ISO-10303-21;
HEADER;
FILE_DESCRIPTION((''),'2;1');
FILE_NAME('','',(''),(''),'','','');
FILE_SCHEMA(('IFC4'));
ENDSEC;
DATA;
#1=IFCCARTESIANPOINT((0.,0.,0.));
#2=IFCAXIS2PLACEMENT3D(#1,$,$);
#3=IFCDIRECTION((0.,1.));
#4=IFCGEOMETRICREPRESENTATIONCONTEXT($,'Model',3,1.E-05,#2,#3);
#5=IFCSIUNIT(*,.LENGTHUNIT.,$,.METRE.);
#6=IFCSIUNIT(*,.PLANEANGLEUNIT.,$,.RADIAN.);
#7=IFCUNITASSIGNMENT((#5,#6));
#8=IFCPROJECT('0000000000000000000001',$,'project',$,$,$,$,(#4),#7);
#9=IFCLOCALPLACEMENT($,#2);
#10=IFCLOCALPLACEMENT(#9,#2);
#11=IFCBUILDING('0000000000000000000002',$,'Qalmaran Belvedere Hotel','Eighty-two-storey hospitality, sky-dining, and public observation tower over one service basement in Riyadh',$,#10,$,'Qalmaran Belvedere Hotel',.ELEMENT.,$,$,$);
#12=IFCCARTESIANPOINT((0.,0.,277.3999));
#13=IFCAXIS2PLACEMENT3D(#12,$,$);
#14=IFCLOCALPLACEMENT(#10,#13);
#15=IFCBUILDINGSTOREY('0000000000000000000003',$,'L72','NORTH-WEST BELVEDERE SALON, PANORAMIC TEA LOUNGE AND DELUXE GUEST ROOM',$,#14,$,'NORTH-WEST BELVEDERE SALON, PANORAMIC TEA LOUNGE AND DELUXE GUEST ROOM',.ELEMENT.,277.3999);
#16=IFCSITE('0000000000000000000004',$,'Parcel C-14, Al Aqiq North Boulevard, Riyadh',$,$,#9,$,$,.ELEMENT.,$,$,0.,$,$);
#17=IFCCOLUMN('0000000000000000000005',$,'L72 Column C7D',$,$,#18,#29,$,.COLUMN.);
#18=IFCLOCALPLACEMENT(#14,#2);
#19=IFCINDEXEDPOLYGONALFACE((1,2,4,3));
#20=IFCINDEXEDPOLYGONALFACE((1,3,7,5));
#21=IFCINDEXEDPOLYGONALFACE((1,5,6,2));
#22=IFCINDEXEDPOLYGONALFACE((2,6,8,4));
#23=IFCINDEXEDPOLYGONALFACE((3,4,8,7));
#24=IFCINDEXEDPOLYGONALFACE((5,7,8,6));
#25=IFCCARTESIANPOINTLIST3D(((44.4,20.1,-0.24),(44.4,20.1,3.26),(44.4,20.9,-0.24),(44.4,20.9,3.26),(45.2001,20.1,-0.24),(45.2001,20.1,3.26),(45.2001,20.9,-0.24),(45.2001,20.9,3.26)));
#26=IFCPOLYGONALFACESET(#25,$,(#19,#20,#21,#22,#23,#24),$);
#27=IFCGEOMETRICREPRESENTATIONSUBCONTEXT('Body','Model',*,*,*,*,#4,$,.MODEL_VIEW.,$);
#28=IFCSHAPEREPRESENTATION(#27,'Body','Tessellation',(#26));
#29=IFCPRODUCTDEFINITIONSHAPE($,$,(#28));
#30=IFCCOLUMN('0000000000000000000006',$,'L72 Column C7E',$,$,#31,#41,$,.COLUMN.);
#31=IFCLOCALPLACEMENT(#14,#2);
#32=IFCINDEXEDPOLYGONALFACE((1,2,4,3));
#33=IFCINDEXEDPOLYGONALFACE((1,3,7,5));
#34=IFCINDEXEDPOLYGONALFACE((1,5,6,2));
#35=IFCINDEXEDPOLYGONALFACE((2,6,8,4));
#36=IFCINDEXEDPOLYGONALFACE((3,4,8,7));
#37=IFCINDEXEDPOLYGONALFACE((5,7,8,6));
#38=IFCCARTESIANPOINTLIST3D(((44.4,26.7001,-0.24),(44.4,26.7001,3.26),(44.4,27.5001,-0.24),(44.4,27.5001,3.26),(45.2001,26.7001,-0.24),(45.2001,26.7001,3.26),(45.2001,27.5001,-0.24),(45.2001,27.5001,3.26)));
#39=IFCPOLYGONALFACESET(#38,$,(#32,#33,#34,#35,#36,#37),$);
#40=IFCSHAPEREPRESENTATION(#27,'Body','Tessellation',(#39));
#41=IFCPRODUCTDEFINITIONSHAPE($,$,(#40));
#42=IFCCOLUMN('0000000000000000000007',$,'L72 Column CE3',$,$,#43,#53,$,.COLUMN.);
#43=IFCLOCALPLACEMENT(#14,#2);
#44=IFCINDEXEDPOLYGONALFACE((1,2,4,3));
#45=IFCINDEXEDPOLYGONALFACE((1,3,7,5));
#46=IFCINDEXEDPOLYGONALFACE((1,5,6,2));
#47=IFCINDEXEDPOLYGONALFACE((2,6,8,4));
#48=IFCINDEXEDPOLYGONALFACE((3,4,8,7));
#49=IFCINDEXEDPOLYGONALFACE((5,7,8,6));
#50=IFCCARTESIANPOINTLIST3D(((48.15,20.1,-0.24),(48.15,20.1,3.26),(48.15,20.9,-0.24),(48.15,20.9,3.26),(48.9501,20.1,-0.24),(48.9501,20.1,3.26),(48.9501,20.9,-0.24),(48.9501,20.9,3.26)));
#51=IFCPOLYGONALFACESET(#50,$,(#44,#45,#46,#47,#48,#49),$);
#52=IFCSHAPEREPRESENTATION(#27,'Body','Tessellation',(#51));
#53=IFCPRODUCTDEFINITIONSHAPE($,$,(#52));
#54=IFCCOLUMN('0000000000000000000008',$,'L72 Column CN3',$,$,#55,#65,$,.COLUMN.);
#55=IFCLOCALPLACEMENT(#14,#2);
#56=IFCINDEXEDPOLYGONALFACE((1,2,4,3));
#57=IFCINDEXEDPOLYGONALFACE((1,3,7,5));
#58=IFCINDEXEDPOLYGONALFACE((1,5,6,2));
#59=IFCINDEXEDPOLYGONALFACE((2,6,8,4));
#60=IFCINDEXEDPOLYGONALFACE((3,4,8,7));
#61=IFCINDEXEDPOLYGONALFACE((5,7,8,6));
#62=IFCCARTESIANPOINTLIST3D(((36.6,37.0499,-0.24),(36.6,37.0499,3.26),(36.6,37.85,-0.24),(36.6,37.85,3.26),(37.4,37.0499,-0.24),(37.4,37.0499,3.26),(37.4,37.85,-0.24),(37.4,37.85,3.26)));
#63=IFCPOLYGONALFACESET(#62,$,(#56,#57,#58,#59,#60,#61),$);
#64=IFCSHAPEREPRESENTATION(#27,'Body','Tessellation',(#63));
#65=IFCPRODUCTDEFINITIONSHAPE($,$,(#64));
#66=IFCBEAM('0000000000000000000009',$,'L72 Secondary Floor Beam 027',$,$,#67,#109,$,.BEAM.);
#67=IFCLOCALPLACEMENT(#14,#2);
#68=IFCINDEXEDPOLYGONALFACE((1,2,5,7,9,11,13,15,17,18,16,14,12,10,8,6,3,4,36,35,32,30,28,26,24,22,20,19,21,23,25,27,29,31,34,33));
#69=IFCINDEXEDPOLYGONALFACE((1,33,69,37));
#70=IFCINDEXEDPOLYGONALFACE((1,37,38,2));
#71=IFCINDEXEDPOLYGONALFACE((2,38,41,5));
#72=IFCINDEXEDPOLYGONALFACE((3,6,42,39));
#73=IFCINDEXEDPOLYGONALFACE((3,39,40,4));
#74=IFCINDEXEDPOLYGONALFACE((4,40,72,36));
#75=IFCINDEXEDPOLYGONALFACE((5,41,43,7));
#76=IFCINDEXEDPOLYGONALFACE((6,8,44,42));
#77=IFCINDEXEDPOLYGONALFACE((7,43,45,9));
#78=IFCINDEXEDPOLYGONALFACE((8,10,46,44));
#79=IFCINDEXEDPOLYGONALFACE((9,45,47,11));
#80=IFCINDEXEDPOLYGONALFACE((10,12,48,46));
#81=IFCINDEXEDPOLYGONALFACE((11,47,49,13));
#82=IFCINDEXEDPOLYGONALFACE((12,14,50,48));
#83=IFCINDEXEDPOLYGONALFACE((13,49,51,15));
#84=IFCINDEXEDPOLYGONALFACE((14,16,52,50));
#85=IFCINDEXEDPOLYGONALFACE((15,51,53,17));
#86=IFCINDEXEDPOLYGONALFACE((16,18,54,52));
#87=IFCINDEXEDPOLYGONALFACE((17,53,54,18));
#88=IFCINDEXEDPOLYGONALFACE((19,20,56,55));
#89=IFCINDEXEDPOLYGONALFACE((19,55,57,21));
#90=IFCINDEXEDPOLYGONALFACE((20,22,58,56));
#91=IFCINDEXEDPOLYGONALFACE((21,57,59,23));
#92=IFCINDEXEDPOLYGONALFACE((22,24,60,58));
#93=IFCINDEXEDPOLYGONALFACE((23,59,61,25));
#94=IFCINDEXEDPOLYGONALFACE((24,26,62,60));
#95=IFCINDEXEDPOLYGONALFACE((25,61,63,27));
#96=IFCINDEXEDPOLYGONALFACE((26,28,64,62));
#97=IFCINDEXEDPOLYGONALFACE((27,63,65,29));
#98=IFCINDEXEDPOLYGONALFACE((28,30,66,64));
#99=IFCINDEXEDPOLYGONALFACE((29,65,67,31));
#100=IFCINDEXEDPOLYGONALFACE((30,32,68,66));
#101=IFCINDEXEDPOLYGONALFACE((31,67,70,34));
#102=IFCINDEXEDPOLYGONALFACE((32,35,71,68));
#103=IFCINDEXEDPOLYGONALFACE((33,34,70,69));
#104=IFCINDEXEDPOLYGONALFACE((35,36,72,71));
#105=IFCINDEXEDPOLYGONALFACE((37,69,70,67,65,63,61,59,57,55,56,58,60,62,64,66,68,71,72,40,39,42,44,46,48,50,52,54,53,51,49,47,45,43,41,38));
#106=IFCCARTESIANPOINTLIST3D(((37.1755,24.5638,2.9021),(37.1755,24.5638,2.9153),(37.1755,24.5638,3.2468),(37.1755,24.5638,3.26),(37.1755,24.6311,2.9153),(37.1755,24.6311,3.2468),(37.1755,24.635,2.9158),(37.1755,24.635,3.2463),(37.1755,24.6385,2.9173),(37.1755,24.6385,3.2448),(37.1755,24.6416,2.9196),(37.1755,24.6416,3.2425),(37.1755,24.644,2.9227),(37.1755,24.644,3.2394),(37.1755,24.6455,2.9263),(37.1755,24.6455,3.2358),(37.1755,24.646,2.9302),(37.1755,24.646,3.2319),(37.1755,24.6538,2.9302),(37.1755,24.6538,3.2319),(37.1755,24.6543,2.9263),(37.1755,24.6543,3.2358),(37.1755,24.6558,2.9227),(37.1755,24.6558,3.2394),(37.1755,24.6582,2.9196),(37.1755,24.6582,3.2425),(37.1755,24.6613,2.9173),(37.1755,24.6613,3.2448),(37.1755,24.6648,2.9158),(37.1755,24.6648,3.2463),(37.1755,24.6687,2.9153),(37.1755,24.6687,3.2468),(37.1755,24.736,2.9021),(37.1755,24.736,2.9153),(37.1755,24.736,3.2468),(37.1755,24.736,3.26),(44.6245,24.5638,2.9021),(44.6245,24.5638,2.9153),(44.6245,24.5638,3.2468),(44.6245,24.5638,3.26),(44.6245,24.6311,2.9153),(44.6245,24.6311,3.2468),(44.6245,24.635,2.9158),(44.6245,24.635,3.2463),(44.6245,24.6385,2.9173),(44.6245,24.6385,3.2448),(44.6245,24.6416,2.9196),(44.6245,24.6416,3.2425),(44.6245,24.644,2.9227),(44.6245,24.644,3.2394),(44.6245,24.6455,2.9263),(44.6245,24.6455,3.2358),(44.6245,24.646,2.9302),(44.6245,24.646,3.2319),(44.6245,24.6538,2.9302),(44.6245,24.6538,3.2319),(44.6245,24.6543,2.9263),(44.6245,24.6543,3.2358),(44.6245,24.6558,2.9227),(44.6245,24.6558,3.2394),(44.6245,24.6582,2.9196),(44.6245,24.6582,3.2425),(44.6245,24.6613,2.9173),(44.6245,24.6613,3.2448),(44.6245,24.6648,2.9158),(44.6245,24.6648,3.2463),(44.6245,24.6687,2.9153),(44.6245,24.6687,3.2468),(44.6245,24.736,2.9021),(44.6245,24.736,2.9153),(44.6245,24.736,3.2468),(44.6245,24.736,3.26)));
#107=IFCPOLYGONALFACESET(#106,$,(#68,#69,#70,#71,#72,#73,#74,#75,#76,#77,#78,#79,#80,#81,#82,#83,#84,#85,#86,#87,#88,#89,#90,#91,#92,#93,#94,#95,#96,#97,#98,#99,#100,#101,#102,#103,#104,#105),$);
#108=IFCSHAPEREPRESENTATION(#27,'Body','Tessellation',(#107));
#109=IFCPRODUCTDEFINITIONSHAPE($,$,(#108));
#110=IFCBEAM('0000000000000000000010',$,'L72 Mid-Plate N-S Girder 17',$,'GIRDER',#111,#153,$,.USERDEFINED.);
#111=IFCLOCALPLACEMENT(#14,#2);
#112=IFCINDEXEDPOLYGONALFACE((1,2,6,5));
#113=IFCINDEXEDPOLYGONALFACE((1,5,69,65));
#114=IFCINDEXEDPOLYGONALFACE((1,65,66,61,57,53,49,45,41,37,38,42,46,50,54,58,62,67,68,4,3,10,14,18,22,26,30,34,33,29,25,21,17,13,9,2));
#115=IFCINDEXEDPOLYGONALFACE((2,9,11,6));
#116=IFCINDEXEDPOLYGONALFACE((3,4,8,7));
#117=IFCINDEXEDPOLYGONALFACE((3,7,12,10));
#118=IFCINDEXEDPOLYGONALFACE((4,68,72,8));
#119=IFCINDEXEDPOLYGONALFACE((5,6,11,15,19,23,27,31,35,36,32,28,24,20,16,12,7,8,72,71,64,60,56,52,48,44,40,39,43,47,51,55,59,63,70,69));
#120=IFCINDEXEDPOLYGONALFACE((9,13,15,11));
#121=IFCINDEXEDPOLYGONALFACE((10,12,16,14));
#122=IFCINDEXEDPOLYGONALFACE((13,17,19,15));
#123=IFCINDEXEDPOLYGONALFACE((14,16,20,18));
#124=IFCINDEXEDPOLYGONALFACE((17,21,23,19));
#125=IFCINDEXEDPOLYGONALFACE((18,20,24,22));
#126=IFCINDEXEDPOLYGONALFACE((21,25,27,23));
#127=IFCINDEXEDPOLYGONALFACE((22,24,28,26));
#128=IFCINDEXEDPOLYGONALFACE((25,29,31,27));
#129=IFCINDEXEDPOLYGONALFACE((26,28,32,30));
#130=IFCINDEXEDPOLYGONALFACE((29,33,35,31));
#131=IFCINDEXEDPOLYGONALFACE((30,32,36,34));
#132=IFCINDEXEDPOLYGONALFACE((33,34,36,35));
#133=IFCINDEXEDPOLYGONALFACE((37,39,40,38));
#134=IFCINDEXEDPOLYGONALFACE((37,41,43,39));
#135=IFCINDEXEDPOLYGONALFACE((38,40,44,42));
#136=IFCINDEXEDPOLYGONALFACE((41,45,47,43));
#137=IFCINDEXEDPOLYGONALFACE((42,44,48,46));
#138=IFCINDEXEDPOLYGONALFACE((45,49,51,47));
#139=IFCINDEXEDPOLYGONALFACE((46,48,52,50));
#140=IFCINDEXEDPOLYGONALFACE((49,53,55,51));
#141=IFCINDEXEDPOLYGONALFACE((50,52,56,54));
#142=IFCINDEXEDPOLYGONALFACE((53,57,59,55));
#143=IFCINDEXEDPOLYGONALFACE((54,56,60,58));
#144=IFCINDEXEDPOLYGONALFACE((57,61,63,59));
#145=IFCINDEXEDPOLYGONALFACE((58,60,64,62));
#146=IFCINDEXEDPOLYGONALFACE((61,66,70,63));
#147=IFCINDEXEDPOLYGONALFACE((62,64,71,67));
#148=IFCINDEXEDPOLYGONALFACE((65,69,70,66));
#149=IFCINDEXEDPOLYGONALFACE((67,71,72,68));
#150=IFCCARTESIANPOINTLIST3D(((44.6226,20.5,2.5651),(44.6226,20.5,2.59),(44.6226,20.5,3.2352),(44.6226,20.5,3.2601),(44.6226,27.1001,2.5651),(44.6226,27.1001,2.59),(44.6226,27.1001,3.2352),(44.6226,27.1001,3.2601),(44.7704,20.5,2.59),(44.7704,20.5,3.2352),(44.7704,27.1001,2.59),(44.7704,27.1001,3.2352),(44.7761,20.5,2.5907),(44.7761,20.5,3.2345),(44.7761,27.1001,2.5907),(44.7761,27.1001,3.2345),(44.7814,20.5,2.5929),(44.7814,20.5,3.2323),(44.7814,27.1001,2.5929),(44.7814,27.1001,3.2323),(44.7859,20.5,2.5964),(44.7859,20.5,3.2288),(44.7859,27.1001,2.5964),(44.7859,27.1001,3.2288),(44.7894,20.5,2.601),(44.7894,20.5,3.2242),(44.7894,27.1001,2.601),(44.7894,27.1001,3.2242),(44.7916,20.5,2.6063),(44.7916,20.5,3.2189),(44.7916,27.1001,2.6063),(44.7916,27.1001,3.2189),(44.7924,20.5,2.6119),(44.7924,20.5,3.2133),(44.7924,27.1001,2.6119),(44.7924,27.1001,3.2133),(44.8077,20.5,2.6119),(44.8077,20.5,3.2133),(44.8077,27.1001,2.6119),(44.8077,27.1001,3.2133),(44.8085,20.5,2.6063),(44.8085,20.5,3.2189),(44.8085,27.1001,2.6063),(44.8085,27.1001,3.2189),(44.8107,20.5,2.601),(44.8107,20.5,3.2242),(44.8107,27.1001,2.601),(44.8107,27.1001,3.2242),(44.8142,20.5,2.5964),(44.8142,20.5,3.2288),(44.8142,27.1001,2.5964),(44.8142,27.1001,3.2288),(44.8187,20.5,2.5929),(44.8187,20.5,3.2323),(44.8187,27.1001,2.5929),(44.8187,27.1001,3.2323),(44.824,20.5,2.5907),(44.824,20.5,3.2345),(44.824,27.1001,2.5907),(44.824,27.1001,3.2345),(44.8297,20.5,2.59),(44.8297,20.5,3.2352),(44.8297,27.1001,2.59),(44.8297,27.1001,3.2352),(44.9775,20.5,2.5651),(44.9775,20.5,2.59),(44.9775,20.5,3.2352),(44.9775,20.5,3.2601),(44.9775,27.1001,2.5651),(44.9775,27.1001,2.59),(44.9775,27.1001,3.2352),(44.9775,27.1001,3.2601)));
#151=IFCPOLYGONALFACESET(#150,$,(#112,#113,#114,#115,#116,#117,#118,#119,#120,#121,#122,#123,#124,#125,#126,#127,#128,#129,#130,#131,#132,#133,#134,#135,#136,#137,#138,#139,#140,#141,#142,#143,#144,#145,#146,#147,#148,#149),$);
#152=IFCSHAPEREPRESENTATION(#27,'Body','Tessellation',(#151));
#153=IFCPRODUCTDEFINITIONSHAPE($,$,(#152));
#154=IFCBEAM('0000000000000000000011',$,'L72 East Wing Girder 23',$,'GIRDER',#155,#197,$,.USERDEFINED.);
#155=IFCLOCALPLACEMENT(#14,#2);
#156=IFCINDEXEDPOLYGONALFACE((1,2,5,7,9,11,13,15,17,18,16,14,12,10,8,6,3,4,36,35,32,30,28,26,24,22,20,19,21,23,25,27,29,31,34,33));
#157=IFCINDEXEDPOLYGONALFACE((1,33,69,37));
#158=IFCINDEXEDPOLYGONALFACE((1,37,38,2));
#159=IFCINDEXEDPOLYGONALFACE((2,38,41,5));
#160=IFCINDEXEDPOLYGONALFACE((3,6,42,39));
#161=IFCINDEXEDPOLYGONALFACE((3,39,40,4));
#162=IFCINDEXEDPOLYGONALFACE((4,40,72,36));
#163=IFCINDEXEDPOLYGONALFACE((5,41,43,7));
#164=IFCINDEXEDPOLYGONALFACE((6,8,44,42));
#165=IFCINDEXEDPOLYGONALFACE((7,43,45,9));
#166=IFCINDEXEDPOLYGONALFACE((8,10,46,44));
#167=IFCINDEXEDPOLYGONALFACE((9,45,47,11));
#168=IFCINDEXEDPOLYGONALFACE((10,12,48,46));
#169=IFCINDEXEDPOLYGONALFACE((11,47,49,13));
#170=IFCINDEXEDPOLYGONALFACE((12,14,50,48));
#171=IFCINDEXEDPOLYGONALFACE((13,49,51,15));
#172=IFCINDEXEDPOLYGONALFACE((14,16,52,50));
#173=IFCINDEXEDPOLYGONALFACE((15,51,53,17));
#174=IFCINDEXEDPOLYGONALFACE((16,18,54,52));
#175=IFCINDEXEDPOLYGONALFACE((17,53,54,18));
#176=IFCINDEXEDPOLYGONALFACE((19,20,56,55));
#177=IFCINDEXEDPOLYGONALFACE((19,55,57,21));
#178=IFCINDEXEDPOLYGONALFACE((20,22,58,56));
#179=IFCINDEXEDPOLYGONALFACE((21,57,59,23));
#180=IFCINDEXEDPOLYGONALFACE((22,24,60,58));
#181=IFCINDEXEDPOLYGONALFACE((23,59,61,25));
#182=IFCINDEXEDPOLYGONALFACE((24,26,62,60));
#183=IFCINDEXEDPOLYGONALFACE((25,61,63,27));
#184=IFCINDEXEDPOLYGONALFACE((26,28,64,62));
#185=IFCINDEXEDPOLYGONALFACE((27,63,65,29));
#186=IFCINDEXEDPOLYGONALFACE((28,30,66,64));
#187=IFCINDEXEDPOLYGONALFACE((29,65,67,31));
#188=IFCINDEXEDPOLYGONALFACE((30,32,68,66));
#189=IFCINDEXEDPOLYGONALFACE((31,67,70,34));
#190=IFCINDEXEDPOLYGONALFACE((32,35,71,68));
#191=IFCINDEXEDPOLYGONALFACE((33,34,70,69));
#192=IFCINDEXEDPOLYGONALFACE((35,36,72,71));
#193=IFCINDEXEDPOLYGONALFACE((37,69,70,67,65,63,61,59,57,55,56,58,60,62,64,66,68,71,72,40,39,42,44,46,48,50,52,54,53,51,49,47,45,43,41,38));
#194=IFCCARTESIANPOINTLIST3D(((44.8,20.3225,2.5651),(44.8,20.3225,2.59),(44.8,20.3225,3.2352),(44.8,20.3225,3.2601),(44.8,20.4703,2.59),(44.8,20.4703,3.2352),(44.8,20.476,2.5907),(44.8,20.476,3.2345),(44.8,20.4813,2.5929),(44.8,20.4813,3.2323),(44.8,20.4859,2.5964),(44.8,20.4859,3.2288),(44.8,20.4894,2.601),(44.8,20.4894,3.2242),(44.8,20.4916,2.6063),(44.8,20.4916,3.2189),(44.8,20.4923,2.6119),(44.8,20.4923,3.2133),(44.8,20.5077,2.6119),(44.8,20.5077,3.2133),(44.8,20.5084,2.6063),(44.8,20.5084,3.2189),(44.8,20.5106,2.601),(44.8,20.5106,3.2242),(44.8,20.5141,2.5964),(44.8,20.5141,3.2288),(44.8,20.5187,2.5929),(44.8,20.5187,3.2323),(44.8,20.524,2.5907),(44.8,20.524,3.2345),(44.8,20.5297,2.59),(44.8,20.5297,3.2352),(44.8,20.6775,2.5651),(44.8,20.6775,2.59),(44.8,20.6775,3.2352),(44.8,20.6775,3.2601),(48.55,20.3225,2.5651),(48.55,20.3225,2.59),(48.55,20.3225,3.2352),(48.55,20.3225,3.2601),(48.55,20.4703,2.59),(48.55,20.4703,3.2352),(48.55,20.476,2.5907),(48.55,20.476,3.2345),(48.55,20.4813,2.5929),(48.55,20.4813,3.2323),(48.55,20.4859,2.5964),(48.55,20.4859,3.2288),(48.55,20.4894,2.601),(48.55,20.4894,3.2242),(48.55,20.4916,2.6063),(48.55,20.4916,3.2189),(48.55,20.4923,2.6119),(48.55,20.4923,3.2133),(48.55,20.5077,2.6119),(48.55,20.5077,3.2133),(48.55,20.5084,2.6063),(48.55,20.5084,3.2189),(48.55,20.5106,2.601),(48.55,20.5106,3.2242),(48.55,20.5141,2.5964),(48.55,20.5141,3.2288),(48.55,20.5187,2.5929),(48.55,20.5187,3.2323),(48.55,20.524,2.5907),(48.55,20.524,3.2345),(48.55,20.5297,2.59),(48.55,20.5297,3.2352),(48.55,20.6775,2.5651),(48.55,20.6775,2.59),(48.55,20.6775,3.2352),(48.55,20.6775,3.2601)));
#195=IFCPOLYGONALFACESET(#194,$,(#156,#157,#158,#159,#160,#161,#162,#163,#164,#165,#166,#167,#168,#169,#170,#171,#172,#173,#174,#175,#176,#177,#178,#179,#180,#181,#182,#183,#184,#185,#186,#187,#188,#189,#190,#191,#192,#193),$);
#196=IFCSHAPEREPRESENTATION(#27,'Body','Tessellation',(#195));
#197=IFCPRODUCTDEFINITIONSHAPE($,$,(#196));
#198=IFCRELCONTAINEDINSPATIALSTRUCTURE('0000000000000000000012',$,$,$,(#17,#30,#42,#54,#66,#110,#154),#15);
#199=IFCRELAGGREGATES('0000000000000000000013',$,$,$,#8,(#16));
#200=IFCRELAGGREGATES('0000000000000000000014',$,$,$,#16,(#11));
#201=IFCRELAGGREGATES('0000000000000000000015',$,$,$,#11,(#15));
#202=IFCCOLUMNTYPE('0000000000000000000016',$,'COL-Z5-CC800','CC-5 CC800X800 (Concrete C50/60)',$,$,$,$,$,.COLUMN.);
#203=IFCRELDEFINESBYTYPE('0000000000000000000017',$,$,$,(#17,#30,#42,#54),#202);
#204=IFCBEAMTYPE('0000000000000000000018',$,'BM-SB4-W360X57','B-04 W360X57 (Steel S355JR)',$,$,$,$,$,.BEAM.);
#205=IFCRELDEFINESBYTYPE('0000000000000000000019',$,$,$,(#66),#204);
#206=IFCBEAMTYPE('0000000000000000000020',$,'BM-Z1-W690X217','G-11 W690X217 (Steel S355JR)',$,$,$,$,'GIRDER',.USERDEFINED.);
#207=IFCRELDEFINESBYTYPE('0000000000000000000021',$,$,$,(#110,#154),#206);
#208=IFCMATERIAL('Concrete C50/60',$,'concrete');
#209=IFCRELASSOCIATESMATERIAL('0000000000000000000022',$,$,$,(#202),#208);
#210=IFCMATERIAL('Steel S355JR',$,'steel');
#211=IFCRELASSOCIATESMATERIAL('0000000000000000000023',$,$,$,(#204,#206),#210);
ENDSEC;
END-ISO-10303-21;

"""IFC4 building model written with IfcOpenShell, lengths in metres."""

from ifc_helpers import new_model, si_unit, direction, frame, origin, origin_2d, place, context, subcontext, project, spatial, rectangle, i_section, extrude, material, material_profile, profile_set, type_object, element, save


model = new_model("IFC4")

# Units and contexts
model_context = context("Model", 3, precision=1e-05, world=origin(), true_north=direction((0.0, 1.0)))
body_context = subcontext(model_context, "Body", "Model", "MODEL_VIEW")
ifc_project = project(units=[si_unit("LENGTHUNIT", "METRE"), si_unit("PLANEANGLEUNIT", "RADIAN")], contexts=[model_context])

# Site, building, storey
site_placement = place(None, origin())
site = spatial("IfcSite", under=ifc_project, at=site_placement, Name="Parcel C-14, Al Aqiq North Boulevard, Riyadh", CompositionType="ELEMENT", RefElevation=0.0)
building_placement = place(site_placement, origin())
building = spatial("IfcBuilding", under=site, at=building_placement, Name="Qalmaran Belvedere Hotel", Description="Eighty-two-storey hospitality, sky-dining, and public observation tower over one service basement in Riyadh", LongName="Qalmaran Belvedere Hotel", CompositionType="ELEMENT")
storey_placement = place(building_placement, frame((0.0, 0.0, 277.3999)))
storey = spatial("IfcBuildingStorey", under=building, at=storey_placement, Name="L72", Description="NORTH-WEST BELVEDERE SALON, PANORAMIC TEA LOUNGE AND DELUXE GUEST ROOM", LongName="NORTH-WEST BELVEDERE SALON, PANORAMIC TEA LOUNGE AND DELUXE GUEST ROOM", CompositionType="ELEMENT", Elevation=277.3999)

# Columns
ifc_material_1 = material(Name="Concrete C50/60", Category="concrete")
ifc_material_profile_1 = material_profile(ifc_material_1, rectangle(XDim=0.8, YDim=0.8, at=origin_2d()), Name="CC800X800")
ifc_profile_set_1 = profile_set([ifc_material_profile_1], Name="Concrete C50/60")
column_type = type_object("IfcColumnType", Name="COL-Z5-CC800", Description="CC-5 CC800X800 (Concrete C50/60)", PredefinedType="COLUMN", material=ifc_profile_set_1)
for number, where, z_axis, x_axis, name in (
    (1, (44.8, 20.5, -0.24), (0.0, 0.0, 1.0), (1.0, 0.0, 0.0), "L72 Column C7D"),
    (2, (44.8, 27.1001, -0.24), (0.0, 0.0, 1.0), (1.0, 0.0, 0.0), "L72 Column C7E"),
    (3, (48.55, 20.5, -0.24), (0.0, 0.0, 1.0), (1.0, 0.0, 0.0), "L72 Column CE3"),
    (4, (37.0, 37.45, -0.24), (0.0, 0.0, 1.0), (1.0, 0.0, 0.0), "L72 Column CN3"),
):
    element("IfcColumn", number, at=place(storey_placement, frame(where, z_axis=z_axis, x_axis=x_axis)), inside=storey, type_object=column_type, Name=name, PredefinedType="COLUMN", context=body_context, shape_type="SweptSolid", body=[
        extrude(rectangle(XDim=0.8, YDim=0.8, at=origin_2d()), origin(), (0.0, 0.0, 1.0), 3.5),
    ])

# Beams
ifc_material_2 = material(Name="Steel S355JR", Category="steel")
ifc_material_profile_2 = material_profile(ifc_material_2, i_section(OverallWidth=0.1721, OverallDepth=0.3579, WebThickness=0.0078, FlangeThickness=0.0132, FilletRadius=0.0149, at=origin_2d()), Name="W360X57")
ifc_profile_set_2 = profile_set([ifc_material_profile_2], Name="Steel S355JR")
beam_type_1 = type_object("IfcBeamType", Name="BM-SB4-W360X57", Description="B-04 W360X57 (Steel S355JR)", PredefinedType="BEAM", material=ifc_profile_set_2)
beam_1_placement = place(storey_placement, frame((37.1755, 24.6499, 3.0811), z_axis=(1.0, 0.0, 0.0), x_axis=(0.0, 1.0, 0.0)))
element("IfcBeam", 5, at=beam_1_placement, inside=storey, type_object=beam_type_1, Name="L72 Secondary Floor Beam 027", PredefinedType="BEAM", context=body_context, shape_type="SweptSolid", body=[
    extrude(i_section(OverallWidth=0.1721, OverallDepth=0.3579, WebThickness=0.0078, FlangeThickness=0.0132, FilletRadius=0.0149, at=origin_2d()), origin(), (0.0, 0.0, 1.0), 7.449),
])
ifc_material_profile_3 = material_profile(ifc_material_2, i_section(OverallWidth=0.355, OverallDepth=0.6951, WebThickness=0.0154, FlangeThickness=0.0249, FilletRadius=0.022, at=origin_2d()), Name="W690X217")
ifc_profile_set_3 = profile_set([ifc_material_profile_3], Name="Steel S355JR")
beam_type_2 = type_object("IfcBeamType", Name="BM-Z1-W690X217", Description="G-11 W690X217 (Steel S355JR)", ElementType="GIRDER", PredefinedType="USERDEFINED", material=ifc_profile_set_3)
beam_2_placement = place(storey_placement, frame((44.8, 20.5, 2.9126), z_axis=(0.0, 1.0, 0.0), x_axis=(-1.0, 0.0, 0.0)))
element("IfcBeam", 6, at=beam_2_placement, inside=storey, type_object=beam_type_2, Name="L72 Mid-Plate N-S Girder 17", ObjectType="GIRDER", PredefinedType="USERDEFINED", context=body_context, shape_type="SweptSolid", body=[
    extrude(i_section(OverallWidth=0.355, OverallDepth=0.6951, WebThickness=0.0154, FlangeThickness=0.0249, FilletRadius=0.022, at=origin_2d()), origin(), (0.0, 0.0, 1.0), 6.6001),
])
beam_3_placement = place(storey_placement, frame((44.8, 20.5, 2.9126), z_axis=(1.0, 0.0, 0.0), x_axis=(0.0, 1.0, 0.0)))
element("IfcBeam", 7, at=beam_3_placement, inside=storey, type_object=beam_type_2, Name="L72 East Wing Girder 23", ObjectType="GIRDER", PredefinedType="USERDEFINED", context=body_context, shape_type="SweptSolid", body=[
    extrude(i_section(OverallWidth=0.355, OverallDepth=0.6951, WebThickness=0.0154, FlangeThickness=0.0249, FilletRadius=0.022, at=origin_2d()), origin(), (0.0, 0.0, 1.0), 3.75),
])

save(model, "model.ifc")
